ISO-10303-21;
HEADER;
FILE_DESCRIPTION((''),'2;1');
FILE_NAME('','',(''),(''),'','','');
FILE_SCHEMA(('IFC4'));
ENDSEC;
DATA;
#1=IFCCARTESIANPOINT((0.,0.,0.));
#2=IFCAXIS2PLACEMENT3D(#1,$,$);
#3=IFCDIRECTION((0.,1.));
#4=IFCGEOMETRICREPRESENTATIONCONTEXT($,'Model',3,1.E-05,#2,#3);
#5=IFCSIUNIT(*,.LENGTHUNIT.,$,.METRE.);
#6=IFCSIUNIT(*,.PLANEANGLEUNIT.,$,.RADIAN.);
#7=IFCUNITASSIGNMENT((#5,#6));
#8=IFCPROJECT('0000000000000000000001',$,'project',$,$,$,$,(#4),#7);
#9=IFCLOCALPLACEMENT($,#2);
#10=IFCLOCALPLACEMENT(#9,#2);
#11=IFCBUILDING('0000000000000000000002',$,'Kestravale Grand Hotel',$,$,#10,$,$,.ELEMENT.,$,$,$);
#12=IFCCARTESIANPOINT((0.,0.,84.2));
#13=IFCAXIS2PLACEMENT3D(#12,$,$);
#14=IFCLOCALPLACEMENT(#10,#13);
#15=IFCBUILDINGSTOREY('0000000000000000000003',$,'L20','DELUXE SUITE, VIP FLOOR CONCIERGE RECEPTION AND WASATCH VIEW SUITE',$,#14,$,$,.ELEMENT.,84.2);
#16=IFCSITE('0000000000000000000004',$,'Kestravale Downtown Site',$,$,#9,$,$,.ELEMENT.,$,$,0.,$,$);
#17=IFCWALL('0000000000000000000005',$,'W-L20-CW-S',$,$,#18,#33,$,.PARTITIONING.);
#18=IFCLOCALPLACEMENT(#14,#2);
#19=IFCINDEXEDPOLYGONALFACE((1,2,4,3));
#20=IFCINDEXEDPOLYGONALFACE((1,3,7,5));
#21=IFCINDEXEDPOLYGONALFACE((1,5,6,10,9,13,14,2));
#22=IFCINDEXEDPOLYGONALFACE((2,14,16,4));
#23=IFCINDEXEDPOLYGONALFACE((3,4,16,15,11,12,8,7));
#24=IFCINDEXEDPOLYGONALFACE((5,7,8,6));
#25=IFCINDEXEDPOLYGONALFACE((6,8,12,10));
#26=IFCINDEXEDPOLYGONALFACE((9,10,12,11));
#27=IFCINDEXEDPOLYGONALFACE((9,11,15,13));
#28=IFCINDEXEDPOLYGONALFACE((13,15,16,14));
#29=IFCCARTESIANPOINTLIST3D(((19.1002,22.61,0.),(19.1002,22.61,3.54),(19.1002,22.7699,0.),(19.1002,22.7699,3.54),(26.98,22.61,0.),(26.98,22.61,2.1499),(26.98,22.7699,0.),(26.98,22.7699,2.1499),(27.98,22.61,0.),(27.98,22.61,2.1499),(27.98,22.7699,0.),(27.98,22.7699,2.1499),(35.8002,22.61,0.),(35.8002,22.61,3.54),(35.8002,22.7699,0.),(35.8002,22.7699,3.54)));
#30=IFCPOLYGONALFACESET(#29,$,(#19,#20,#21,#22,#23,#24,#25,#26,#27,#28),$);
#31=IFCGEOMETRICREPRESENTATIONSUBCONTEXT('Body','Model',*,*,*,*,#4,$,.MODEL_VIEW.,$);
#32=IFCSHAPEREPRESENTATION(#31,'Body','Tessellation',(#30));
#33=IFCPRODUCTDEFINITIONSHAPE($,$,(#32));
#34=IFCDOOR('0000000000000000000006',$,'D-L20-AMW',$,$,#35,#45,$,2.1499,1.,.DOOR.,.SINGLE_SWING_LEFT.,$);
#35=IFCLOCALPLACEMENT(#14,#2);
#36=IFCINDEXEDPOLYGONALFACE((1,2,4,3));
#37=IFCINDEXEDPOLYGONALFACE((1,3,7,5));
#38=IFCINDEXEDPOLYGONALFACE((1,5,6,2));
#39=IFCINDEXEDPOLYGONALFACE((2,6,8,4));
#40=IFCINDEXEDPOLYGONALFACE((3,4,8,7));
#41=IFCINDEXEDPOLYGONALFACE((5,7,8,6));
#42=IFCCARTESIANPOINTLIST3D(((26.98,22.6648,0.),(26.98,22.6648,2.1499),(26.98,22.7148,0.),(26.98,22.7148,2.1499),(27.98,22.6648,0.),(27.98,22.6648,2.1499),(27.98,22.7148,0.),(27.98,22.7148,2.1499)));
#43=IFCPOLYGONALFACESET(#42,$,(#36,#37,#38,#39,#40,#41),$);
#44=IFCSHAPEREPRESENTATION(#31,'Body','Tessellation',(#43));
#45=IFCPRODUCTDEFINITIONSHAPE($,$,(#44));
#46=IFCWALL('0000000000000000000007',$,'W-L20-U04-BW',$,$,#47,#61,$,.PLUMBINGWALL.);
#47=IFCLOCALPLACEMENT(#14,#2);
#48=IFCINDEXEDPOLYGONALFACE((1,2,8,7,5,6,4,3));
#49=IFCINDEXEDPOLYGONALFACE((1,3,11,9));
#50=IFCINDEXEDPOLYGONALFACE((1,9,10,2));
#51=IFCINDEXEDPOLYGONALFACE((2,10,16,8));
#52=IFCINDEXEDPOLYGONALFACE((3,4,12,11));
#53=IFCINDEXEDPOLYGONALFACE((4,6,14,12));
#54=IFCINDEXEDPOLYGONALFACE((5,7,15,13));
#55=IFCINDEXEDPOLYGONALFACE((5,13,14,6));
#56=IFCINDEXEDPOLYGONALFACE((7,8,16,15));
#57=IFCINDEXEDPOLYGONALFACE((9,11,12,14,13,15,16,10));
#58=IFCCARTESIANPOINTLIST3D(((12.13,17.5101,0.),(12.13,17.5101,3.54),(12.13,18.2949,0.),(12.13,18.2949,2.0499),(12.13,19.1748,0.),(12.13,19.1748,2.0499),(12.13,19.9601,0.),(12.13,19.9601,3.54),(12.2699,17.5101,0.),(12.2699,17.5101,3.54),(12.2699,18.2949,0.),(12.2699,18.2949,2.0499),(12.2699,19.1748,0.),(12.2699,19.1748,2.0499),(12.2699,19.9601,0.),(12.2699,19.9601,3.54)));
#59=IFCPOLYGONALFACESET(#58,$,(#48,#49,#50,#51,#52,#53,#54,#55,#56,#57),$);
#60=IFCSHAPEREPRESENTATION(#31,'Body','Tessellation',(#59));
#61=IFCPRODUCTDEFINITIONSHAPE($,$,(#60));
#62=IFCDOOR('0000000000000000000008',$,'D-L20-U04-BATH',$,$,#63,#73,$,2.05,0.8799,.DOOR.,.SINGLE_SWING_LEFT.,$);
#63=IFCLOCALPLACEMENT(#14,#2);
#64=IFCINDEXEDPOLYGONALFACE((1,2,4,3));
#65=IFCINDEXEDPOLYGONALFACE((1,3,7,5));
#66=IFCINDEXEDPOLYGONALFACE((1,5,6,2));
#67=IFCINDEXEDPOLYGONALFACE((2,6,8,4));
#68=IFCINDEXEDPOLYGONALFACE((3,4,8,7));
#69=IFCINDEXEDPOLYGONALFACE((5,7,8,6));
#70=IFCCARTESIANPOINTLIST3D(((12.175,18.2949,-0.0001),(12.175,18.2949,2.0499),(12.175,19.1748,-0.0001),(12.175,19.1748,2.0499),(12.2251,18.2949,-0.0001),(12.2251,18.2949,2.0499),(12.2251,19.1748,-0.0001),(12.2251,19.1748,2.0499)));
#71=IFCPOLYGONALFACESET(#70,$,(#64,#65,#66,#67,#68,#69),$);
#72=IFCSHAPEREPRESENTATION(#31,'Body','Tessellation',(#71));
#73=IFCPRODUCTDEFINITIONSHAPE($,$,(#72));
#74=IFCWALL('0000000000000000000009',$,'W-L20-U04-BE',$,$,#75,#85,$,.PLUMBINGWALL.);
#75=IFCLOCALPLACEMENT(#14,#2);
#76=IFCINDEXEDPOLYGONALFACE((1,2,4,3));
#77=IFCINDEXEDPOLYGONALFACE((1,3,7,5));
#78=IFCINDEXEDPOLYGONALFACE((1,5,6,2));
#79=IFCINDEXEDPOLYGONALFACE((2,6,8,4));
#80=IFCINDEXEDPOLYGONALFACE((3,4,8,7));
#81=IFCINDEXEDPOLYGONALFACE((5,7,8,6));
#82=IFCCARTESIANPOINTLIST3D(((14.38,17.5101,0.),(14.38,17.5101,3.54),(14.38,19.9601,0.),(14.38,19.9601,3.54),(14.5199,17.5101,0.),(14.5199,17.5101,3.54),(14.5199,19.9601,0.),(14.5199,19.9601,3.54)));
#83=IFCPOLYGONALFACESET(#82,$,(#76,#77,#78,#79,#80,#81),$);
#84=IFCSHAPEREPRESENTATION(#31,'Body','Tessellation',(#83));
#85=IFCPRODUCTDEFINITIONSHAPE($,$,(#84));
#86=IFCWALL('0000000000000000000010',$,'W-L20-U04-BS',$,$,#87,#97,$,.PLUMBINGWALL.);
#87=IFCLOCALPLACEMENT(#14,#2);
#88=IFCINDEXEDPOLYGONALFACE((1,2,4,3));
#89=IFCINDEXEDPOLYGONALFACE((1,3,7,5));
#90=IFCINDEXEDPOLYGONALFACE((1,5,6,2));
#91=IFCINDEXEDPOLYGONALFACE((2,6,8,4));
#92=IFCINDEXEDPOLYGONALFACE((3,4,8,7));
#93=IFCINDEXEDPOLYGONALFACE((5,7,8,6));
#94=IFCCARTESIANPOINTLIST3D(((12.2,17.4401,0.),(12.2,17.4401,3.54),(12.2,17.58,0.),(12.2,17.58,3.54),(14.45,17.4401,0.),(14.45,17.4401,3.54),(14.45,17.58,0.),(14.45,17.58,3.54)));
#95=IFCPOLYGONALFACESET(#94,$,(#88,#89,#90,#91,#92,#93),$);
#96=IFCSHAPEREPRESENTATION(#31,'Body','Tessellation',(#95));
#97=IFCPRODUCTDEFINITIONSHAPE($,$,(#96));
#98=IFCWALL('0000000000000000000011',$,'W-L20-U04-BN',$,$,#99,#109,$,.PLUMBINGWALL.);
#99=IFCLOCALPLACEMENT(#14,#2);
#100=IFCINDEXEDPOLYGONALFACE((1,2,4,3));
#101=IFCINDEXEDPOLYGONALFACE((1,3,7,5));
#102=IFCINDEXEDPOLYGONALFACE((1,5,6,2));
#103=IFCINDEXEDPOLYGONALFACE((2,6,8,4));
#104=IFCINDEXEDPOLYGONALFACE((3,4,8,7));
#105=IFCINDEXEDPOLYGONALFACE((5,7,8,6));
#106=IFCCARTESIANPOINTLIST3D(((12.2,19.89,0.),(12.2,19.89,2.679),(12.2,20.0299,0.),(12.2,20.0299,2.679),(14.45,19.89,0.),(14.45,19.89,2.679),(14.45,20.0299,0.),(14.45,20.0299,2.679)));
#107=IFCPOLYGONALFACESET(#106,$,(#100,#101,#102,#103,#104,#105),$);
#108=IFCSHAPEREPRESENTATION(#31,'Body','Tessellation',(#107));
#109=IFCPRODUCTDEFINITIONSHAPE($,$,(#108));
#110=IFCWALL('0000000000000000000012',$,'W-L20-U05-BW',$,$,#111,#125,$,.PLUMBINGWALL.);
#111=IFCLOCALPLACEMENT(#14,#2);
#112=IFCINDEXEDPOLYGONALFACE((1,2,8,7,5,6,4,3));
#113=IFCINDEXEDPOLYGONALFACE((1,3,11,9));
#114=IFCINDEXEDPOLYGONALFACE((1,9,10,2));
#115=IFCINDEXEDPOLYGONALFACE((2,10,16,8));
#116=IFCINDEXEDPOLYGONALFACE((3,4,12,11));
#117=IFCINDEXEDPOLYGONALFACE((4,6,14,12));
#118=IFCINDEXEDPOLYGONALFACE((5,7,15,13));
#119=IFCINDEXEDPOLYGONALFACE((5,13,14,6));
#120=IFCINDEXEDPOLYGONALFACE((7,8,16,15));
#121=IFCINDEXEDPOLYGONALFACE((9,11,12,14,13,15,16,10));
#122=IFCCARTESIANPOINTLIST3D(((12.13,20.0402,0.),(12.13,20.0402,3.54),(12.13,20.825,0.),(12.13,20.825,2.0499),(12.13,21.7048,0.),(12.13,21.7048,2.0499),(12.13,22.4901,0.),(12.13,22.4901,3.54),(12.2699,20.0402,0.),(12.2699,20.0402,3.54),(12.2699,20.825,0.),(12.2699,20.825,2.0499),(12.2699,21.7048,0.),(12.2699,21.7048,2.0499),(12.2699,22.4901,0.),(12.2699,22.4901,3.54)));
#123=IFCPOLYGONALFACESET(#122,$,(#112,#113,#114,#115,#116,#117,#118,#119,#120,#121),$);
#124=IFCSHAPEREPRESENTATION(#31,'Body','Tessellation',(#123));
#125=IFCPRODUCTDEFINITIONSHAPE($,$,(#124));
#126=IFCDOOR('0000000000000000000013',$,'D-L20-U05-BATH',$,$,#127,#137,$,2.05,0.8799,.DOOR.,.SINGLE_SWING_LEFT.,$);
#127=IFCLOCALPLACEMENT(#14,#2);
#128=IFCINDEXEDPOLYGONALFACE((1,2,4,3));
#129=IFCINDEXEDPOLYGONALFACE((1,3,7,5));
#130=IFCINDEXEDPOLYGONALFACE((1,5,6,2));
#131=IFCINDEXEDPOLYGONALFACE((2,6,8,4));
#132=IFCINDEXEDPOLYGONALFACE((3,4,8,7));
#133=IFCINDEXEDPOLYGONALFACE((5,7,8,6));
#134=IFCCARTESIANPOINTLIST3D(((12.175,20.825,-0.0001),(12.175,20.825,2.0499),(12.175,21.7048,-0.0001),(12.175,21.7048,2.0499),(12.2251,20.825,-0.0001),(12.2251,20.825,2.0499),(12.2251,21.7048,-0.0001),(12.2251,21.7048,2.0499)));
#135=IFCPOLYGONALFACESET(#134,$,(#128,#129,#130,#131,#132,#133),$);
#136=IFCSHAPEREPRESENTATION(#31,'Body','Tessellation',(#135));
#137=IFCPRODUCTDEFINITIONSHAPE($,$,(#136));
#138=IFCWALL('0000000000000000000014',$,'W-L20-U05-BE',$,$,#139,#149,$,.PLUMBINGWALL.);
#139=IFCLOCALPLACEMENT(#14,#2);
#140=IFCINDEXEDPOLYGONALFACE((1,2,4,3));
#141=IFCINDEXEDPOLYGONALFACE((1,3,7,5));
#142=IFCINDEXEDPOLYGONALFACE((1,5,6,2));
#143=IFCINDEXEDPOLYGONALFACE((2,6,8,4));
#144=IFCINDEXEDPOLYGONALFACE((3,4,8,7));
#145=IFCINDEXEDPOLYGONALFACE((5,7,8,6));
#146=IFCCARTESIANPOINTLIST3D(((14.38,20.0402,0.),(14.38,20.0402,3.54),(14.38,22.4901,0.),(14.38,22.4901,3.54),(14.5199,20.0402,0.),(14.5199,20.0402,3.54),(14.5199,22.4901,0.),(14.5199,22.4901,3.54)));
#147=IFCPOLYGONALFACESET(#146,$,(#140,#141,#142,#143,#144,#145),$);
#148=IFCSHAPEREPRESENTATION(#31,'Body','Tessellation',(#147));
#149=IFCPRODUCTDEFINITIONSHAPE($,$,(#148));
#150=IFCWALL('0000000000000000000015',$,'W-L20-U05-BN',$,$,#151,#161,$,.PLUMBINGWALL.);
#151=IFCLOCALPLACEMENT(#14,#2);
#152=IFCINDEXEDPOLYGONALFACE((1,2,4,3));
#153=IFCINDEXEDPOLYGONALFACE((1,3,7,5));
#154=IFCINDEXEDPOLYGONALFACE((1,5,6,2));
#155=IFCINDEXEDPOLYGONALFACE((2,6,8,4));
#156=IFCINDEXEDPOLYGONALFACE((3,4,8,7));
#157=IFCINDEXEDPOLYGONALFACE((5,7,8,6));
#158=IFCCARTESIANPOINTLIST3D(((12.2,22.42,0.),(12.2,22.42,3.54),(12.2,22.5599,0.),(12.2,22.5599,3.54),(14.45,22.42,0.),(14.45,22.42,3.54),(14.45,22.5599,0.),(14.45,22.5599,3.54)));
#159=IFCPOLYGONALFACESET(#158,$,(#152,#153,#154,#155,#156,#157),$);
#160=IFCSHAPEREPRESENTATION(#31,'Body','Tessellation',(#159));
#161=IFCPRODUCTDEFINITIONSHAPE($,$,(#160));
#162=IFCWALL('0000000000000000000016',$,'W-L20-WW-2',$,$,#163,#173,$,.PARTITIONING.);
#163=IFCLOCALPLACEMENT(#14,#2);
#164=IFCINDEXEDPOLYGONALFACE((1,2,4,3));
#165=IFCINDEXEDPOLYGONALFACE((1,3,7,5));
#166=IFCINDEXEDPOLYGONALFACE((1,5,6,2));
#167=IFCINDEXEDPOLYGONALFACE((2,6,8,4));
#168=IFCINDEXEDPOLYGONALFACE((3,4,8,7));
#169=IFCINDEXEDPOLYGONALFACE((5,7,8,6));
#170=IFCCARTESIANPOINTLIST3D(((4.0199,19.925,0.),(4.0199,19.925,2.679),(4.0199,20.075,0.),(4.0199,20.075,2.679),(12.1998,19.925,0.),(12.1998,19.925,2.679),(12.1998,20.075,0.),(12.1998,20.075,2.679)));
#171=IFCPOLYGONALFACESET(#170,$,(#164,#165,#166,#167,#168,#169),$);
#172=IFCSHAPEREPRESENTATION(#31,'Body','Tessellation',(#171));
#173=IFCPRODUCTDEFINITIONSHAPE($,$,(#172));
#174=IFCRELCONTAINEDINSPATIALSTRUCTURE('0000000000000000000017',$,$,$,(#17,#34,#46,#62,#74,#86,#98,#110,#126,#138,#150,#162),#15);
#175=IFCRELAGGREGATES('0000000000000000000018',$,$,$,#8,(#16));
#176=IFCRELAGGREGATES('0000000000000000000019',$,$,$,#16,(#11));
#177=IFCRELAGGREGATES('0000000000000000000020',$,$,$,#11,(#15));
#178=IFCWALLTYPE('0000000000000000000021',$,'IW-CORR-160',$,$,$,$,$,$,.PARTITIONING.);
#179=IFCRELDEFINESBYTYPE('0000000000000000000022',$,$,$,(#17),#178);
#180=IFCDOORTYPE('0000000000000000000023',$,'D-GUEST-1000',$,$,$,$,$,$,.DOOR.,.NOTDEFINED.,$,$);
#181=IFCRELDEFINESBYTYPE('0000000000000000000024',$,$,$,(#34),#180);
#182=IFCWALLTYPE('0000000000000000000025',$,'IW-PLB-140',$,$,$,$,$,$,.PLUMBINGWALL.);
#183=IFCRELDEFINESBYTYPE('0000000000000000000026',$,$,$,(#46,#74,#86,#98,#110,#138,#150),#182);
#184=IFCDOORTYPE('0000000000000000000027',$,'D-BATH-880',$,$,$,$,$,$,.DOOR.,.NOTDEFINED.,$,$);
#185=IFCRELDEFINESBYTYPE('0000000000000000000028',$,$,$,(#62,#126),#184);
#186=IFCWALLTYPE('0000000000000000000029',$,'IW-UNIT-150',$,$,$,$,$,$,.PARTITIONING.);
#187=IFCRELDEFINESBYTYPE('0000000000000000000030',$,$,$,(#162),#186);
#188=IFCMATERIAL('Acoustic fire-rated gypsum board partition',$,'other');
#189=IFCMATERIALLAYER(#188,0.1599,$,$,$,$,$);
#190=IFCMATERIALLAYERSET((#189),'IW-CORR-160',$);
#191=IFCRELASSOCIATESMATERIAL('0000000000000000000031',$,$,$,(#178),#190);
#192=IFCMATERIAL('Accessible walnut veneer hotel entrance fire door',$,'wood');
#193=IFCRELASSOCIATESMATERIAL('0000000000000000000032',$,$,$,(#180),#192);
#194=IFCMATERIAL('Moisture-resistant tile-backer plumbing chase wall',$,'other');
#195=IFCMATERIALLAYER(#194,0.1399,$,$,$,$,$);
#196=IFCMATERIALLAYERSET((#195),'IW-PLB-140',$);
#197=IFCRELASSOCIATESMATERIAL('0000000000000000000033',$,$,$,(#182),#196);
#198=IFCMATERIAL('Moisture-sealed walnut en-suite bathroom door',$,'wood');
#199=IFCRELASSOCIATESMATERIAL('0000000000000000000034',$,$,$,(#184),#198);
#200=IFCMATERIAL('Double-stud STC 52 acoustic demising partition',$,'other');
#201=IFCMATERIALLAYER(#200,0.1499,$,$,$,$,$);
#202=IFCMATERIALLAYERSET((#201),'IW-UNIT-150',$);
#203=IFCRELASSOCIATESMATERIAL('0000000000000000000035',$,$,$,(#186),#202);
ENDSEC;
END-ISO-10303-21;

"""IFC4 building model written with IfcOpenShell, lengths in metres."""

from ifc_helpers import new_model, si_unit, direction, frame, frame_2d, origin, place, context, subcontext, project, spatial, rectangle, extrude, material, layer, layer_set, type_object, element, fill, save


model = new_model("IFC4")

# Units and contexts
model_context = context("Model", 3, precision=1e-05, world=origin(), true_north=direction((0.0, 1.0)))
body_context = subcontext(model_context, "Body", "Model", "MODEL_VIEW")
ifc_project = project(units=[si_unit("LENGTHUNIT", "METRE"), si_unit("PLANEANGLEUNIT", "RADIAN")], contexts=[model_context])

# Site, building, storey
site_placement = place(None, origin())
site = spatial("IfcSite", under=ifc_project, at=site_placement, Name="Kestravale Downtown Site", CompositionType="ELEMENT", RefElevation=0.0)
building_placement = place(site_placement, origin())
building = spatial("IfcBuilding", under=site, at=building_placement, Name="Kestravale Grand Hotel", CompositionType="ELEMENT")
storey_placement = place(building_placement, frame((0.0, 0.0, 84.2)))
storey = spatial("IfcBuildingStorey", under=building, at=storey_placement, Name="L20", Description="DELUXE SUITE, VIP FLOOR CONCIERGE RECEPTION AND WASATCH VIEW SUITE", CompositionType="ELEMENT", Elevation=84.2)

# Shared definitions
ifc_material_1 = material(Name="Acoustic fire-rated gypsum board partition", Category="other")
ifc_layer_1 = layer(ifc_material_1, 0.1599)
ifc_layer_set_1 = layer_set([ifc_layer_1], Name="IW-CORR-160")
wall_type_1 = type_object("IfcWallType", Name="IW-CORR-160", PredefinedType="PARTITIONING", material=ifc_layer_set_1)

# Walls, openings, doors
wall_1_placement = place(storey_placement, frame((19.1001, 22.6899, 0.0), z_axis=(0.0, 0.0, 1.0), x_axis=(1.0, 0.0, 0.0)))
wall_1 = element("IfcWall", 1, at=wall_1_placement, inside=storey, type_object=wall_type_1, Name="W-L20-CW-S", PredefinedType="PARTITIONING", context=body_context, shape_type="SweptSolid", body=[
    extrude(rectangle(XDim=16.7, YDim=0.1599, at=frame_2d((8.3501, 0.0))), origin(), (0.0, 0.0, 1.0), 3.54),
])
opening_1_placement = place(wall_1_placement, frame((7.8799, 0.0, 0.0)))
opening_1 = element("IfcOpeningElement", 2, at=opening_1_placement, cuts=wall_1, PredefinedType="OPENING", context=body_context, shape_type="SweptSolid", body=[
    extrude(rectangle(XDim=1.0, YDim=2.1499, at=frame_2d((0.5, 1.075))), frame((0.0, 0.0898, 0.0), z_axis=(0.0, -1.0, 0.0), x_axis=(1.0, 0.0, 0.0)), (0.0, 0.0, 1.0), 0.1799),
])
ifc_material_2 = material(Name="Accessible walnut veneer hotel entrance fire door", Category="wood")
door_type_1 = type_object("IfcDoorType", Name="D-GUEST-1000", OperationType="NOTDEFINED", PredefinedType="DOOR", material=ifc_material_2)
door_1_placement = place(opening_1_placement, origin())
door_1 = element("IfcDoor", 3, at=door_1_placement, inside=storey, type_object=door_type_1, Name="D-L20-AMW", OperationType="SINGLE_SWING_LEFT", OverallHeight=2.1499, OverallWidth=1.0, PredefinedType="DOOR", context=body_context, shape_type="SweptSolid", body=[
    extrude(rectangle(XDim=1.0, YDim=2.1499, at=frame_2d((0.5, 1.075))), frame((0.0, 0.0249, 0.0), z_axis=(0.0, -1.0, 0.0), x_axis=(1.0, 0.0, 0.0)), (0.0, 0.0, 1.0), 0.05),
])
fill(opening_1, door_1)
ifc_material_3 = material(Name="Moisture-resistant tile-backer plumbing chase wall", Category="other")
ifc_layer_2 = layer(ifc_material_3, 0.1399)
ifc_layer_set_2 = layer_set([ifc_layer_2], Name="IW-PLB-140")
wall_type_2 = type_object("IfcWallType", Name="IW-PLB-140", PredefinedType="PLUMBINGWALL", material=ifc_layer_set_2)
wall_2_placement = place(storey_placement, frame((12.2, 17.51, 0.0), z_axis=(0.0, 0.0, 1.0), x_axis=(0.0, 1.0, 0.0)))
wall_2 = element("IfcWall", 4, at=wall_2_placement, inside=storey, type_object=wall_type_2, Name="W-L20-U04-BW", PredefinedType="PLUMBINGWALL", context=body_context, shape_type="SweptSolid", body=[
    extrude(rectangle(XDim=2.45, YDim=0.1399, at=frame_2d((1.2251, 0.0))), origin(), (0.0, 0.0, 1.0), 3.54),
])
opening_2_placement = place(wall_2_placement, frame((0.7849, 0.0, 0.0)))
opening_2 = element("IfcOpeningElement", 5, at=opening_2_placement, cuts=wall_2, PredefinedType="OPENING", context=body_context, shape_type="SweptSolid", body=[
    extrude(rectangle(XDim=0.8799, YDim=2.05, at=frame_2d((0.4399, 1.0249))), frame((0.0, 0.0798, 0.0), z_axis=(0.0, -1.0, 0.0), x_axis=(1.0, 0.0, 0.0)), (0.0, 0.0, 1.0), 0.1599),
])
ifc_material_4 = material(Name="Moisture-sealed walnut en-suite bathroom door", Category="wood")
door_type_2 = type_object("IfcDoorType", Name="D-BATH-880", OperationType="NOTDEFINED", PredefinedType="DOOR", material=ifc_material_4)
door_2_placement = place(opening_2_placement, origin())
door_2 = element("IfcDoor", 6, at=door_2_placement, inside=storey, type_object=door_type_2, Name="D-L20-U04-BATH", OperationType="SINGLE_SWING_LEFT", OverallHeight=2.05, OverallWidth=0.8799, PredefinedType="DOOR", context=body_context, shape_type="SweptSolid", body=[
    extrude(rectangle(XDim=0.8799, YDim=2.05, at=frame_2d((0.4399, 1.0249))), frame((0.0, 0.0249, 0.0), z_axis=(0.0, -1.0, 0.0), x_axis=(1.0, 0.0, 0.0)), (0.0, 0.0, 1.0), 0.05),
])
fill(opening_2, door_2)

# Walls
wall_3_placement = place(storey_placement, frame((14.45, 17.51, 0.0), z_axis=(0.0, 0.0, 1.0), x_axis=(0.0, 1.0, 0.0)))
element("IfcWall", 7, at=wall_3_placement, inside=storey, type_object=wall_type_2, Name="W-L20-U04-BE", PredefinedType="PLUMBINGWALL", context=body_context, shape_type="SweptSolid", body=[
    extrude(rectangle(XDim=2.45, YDim=0.1399, at=frame_2d((1.2251, 0.0))), origin(), (0.0, 0.0, 1.0), 3.54),
])
wall_4_placement = place(storey_placement, frame((12.2, 17.51, 0.0), z_axis=(0.0, 0.0, 1.0), x_axis=(1.0, 0.0, 0.0)))
element("IfcWall", 8, at=wall_4_placement, inside=storey, type_object=wall_type_2, Name="W-L20-U04-BS", PredefinedType="PLUMBINGWALL", context=body_context, shape_type="SweptSolid", body=[
    extrude(rectangle(XDim=2.25, YDim=0.1399, at=frame_2d((1.125, 0.0))), origin(), (0.0, 0.0, 1.0), 3.54),
])
wall_5_placement = place(storey_placement, frame((12.2, 19.96, 0.0), z_axis=(0.0, 0.0, 1.0), x_axis=(1.0, 0.0, 0.0)))
element("IfcWall", 9, at=wall_5_placement, inside=storey, type_object=wall_type_2, Name="W-L20-U04-BN", PredefinedType="PLUMBINGWALL", context=body_context, shape_type="SweptSolid", body=[
    extrude(rectangle(XDim=2.25, YDim=0.1399, at=frame_2d((1.125, 0.0))), origin(), (0.0, 0.0, 1.0), 2.679),
])

# Wall, opening, door
wall_6_placement = place(storey_placement, frame((12.2, 20.04, 0.0), z_axis=(0.0, 0.0, 1.0), x_axis=(0.0, 1.0, 0.0)))
wall_6 = element("IfcWall", 10, at=wall_6_placement, inside=storey, type_object=wall_type_2, Name="W-L20-U05-BW", PredefinedType="PLUMBINGWALL", context=body_context, shape_type="SweptSolid", body=[
    extrude(rectangle(XDim=2.45, YDim=0.1399, at=frame_2d((1.2251, 0.0))), origin(), (0.0, 0.0, 1.0), 3.54),
])
opening_3_placement = place(wall_6_placement, frame((0.7849, 0.0, 0.0)))
opening_3 = element("IfcOpeningElement", 11, at=opening_3_placement, cuts=wall_6, PredefinedType="OPENING", context=body_context, shape_type="SweptSolid", body=[
    extrude(rectangle(XDim=0.8799, YDim=2.05, at=frame_2d((0.4399, 1.0249))), frame((0.0, 0.0798, 0.0), z_axis=(0.0, -1.0, 0.0), x_axis=(1.0, 0.0, 0.0)), (0.0, 0.0, 1.0), 0.1599),
])
door_3_placement = place(opening_3_placement, origin())
door_3 = element("IfcDoor", 12, at=door_3_placement, inside=storey, type_object=door_type_2, Name="D-L20-U05-BATH", OperationType="SINGLE_SWING_LEFT", OverallHeight=2.05, OverallWidth=0.8799, PredefinedType="DOOR", context=body_context, shape_type="SweptSolid", body=[
    extrude(rectangle(XDim=0.8799, YDim=2.05, at=frame_2d((0.4399, 1.0249))), frame((0.0, 0.0249, 0.0), z_axis=(0.0, -1.0, 0.0), x_axis=(1.0, 0.0, 0.0)), (0.0, 0.0, 1.0), 0.05),
])
fill(opening_3, door_3)

# Walls
wall_7_placement = place(storey_placement, frame((14.45, 20.04, 0.0), z_axis=(0.0, 0.0, 1.0), x_axis=(0.0, 1.0, 0.0)))
element("IfcWall", 13, at=wall_7_placement, inside=storey, type_object=wall_type_2, Name="W-L20-U05-BE", PredefinedType="PLUMBINGWALL", context=body_context, shape_type="SweptSolid", body=[
    extrude(rectangle(XDim=2.45, YDim=0.1399, at=frame_2d((1.2251, 0.0))), origin(), (0.0, 0.0, 1.0), 3.54),
])
wall_8_placement = place(storey_placement, frame((12.2, 22.49, 0.0), z_axis=(0.0, 0.0, 1.0), x_axis=(1.0, 0.0, 0.0)))
element("IfcWall", 14, at=wall_8_placement, inside=storey, type_object=wall_type_2, Name="W-L20-U05-BN", PredefinedType="PLUMBINGWALL", context=body_context, shape_type="SweptSolid", body=[
    extrude(rectangle(XDim=2.25, YDim=0.1399, at=frame_2d((1.125, 0.0))), origin(), (0.0, 0.0, 1.0), 3.54),
])
ifc_material_5 = material(Name="Double-stud STC 52 acoustic demising partition", Category="other")
ifc_layer_3 = layer(ifc_material_5, 0.1499)
ifc_layer_set_3 = layer_set([ifc_layer_3], Name="IW-UNIT-150")
wall_type_3 = type_object("IfcWallType", Name="IW-UNIT-150", PredefinedType="PARTITIONING", material=ifc_layer_set_3)
wall_9_placement = place(storey_placement, frame((4.02, 20.0, 0.0), z_axis=(0.0, 0.0, 1.0), x_axis=(1.0, 0.0, 0.0)))
element("IfcWall", 15, at=wall_9_placement, inside=storey, type_object=wall_type_3, Name="W-L20-WW-2", PredefinedType="PARTITIONING", context=body_context, shape_type="SweptSolid", body=[
    extrude(rectangle(XDim=8.1799, YDim=0.1499, at=frame_2d((4.0898, 0.0))), origin(), (0.0, 0.0, 1.0), 2.679),
])

save(model, "model.ifc")
